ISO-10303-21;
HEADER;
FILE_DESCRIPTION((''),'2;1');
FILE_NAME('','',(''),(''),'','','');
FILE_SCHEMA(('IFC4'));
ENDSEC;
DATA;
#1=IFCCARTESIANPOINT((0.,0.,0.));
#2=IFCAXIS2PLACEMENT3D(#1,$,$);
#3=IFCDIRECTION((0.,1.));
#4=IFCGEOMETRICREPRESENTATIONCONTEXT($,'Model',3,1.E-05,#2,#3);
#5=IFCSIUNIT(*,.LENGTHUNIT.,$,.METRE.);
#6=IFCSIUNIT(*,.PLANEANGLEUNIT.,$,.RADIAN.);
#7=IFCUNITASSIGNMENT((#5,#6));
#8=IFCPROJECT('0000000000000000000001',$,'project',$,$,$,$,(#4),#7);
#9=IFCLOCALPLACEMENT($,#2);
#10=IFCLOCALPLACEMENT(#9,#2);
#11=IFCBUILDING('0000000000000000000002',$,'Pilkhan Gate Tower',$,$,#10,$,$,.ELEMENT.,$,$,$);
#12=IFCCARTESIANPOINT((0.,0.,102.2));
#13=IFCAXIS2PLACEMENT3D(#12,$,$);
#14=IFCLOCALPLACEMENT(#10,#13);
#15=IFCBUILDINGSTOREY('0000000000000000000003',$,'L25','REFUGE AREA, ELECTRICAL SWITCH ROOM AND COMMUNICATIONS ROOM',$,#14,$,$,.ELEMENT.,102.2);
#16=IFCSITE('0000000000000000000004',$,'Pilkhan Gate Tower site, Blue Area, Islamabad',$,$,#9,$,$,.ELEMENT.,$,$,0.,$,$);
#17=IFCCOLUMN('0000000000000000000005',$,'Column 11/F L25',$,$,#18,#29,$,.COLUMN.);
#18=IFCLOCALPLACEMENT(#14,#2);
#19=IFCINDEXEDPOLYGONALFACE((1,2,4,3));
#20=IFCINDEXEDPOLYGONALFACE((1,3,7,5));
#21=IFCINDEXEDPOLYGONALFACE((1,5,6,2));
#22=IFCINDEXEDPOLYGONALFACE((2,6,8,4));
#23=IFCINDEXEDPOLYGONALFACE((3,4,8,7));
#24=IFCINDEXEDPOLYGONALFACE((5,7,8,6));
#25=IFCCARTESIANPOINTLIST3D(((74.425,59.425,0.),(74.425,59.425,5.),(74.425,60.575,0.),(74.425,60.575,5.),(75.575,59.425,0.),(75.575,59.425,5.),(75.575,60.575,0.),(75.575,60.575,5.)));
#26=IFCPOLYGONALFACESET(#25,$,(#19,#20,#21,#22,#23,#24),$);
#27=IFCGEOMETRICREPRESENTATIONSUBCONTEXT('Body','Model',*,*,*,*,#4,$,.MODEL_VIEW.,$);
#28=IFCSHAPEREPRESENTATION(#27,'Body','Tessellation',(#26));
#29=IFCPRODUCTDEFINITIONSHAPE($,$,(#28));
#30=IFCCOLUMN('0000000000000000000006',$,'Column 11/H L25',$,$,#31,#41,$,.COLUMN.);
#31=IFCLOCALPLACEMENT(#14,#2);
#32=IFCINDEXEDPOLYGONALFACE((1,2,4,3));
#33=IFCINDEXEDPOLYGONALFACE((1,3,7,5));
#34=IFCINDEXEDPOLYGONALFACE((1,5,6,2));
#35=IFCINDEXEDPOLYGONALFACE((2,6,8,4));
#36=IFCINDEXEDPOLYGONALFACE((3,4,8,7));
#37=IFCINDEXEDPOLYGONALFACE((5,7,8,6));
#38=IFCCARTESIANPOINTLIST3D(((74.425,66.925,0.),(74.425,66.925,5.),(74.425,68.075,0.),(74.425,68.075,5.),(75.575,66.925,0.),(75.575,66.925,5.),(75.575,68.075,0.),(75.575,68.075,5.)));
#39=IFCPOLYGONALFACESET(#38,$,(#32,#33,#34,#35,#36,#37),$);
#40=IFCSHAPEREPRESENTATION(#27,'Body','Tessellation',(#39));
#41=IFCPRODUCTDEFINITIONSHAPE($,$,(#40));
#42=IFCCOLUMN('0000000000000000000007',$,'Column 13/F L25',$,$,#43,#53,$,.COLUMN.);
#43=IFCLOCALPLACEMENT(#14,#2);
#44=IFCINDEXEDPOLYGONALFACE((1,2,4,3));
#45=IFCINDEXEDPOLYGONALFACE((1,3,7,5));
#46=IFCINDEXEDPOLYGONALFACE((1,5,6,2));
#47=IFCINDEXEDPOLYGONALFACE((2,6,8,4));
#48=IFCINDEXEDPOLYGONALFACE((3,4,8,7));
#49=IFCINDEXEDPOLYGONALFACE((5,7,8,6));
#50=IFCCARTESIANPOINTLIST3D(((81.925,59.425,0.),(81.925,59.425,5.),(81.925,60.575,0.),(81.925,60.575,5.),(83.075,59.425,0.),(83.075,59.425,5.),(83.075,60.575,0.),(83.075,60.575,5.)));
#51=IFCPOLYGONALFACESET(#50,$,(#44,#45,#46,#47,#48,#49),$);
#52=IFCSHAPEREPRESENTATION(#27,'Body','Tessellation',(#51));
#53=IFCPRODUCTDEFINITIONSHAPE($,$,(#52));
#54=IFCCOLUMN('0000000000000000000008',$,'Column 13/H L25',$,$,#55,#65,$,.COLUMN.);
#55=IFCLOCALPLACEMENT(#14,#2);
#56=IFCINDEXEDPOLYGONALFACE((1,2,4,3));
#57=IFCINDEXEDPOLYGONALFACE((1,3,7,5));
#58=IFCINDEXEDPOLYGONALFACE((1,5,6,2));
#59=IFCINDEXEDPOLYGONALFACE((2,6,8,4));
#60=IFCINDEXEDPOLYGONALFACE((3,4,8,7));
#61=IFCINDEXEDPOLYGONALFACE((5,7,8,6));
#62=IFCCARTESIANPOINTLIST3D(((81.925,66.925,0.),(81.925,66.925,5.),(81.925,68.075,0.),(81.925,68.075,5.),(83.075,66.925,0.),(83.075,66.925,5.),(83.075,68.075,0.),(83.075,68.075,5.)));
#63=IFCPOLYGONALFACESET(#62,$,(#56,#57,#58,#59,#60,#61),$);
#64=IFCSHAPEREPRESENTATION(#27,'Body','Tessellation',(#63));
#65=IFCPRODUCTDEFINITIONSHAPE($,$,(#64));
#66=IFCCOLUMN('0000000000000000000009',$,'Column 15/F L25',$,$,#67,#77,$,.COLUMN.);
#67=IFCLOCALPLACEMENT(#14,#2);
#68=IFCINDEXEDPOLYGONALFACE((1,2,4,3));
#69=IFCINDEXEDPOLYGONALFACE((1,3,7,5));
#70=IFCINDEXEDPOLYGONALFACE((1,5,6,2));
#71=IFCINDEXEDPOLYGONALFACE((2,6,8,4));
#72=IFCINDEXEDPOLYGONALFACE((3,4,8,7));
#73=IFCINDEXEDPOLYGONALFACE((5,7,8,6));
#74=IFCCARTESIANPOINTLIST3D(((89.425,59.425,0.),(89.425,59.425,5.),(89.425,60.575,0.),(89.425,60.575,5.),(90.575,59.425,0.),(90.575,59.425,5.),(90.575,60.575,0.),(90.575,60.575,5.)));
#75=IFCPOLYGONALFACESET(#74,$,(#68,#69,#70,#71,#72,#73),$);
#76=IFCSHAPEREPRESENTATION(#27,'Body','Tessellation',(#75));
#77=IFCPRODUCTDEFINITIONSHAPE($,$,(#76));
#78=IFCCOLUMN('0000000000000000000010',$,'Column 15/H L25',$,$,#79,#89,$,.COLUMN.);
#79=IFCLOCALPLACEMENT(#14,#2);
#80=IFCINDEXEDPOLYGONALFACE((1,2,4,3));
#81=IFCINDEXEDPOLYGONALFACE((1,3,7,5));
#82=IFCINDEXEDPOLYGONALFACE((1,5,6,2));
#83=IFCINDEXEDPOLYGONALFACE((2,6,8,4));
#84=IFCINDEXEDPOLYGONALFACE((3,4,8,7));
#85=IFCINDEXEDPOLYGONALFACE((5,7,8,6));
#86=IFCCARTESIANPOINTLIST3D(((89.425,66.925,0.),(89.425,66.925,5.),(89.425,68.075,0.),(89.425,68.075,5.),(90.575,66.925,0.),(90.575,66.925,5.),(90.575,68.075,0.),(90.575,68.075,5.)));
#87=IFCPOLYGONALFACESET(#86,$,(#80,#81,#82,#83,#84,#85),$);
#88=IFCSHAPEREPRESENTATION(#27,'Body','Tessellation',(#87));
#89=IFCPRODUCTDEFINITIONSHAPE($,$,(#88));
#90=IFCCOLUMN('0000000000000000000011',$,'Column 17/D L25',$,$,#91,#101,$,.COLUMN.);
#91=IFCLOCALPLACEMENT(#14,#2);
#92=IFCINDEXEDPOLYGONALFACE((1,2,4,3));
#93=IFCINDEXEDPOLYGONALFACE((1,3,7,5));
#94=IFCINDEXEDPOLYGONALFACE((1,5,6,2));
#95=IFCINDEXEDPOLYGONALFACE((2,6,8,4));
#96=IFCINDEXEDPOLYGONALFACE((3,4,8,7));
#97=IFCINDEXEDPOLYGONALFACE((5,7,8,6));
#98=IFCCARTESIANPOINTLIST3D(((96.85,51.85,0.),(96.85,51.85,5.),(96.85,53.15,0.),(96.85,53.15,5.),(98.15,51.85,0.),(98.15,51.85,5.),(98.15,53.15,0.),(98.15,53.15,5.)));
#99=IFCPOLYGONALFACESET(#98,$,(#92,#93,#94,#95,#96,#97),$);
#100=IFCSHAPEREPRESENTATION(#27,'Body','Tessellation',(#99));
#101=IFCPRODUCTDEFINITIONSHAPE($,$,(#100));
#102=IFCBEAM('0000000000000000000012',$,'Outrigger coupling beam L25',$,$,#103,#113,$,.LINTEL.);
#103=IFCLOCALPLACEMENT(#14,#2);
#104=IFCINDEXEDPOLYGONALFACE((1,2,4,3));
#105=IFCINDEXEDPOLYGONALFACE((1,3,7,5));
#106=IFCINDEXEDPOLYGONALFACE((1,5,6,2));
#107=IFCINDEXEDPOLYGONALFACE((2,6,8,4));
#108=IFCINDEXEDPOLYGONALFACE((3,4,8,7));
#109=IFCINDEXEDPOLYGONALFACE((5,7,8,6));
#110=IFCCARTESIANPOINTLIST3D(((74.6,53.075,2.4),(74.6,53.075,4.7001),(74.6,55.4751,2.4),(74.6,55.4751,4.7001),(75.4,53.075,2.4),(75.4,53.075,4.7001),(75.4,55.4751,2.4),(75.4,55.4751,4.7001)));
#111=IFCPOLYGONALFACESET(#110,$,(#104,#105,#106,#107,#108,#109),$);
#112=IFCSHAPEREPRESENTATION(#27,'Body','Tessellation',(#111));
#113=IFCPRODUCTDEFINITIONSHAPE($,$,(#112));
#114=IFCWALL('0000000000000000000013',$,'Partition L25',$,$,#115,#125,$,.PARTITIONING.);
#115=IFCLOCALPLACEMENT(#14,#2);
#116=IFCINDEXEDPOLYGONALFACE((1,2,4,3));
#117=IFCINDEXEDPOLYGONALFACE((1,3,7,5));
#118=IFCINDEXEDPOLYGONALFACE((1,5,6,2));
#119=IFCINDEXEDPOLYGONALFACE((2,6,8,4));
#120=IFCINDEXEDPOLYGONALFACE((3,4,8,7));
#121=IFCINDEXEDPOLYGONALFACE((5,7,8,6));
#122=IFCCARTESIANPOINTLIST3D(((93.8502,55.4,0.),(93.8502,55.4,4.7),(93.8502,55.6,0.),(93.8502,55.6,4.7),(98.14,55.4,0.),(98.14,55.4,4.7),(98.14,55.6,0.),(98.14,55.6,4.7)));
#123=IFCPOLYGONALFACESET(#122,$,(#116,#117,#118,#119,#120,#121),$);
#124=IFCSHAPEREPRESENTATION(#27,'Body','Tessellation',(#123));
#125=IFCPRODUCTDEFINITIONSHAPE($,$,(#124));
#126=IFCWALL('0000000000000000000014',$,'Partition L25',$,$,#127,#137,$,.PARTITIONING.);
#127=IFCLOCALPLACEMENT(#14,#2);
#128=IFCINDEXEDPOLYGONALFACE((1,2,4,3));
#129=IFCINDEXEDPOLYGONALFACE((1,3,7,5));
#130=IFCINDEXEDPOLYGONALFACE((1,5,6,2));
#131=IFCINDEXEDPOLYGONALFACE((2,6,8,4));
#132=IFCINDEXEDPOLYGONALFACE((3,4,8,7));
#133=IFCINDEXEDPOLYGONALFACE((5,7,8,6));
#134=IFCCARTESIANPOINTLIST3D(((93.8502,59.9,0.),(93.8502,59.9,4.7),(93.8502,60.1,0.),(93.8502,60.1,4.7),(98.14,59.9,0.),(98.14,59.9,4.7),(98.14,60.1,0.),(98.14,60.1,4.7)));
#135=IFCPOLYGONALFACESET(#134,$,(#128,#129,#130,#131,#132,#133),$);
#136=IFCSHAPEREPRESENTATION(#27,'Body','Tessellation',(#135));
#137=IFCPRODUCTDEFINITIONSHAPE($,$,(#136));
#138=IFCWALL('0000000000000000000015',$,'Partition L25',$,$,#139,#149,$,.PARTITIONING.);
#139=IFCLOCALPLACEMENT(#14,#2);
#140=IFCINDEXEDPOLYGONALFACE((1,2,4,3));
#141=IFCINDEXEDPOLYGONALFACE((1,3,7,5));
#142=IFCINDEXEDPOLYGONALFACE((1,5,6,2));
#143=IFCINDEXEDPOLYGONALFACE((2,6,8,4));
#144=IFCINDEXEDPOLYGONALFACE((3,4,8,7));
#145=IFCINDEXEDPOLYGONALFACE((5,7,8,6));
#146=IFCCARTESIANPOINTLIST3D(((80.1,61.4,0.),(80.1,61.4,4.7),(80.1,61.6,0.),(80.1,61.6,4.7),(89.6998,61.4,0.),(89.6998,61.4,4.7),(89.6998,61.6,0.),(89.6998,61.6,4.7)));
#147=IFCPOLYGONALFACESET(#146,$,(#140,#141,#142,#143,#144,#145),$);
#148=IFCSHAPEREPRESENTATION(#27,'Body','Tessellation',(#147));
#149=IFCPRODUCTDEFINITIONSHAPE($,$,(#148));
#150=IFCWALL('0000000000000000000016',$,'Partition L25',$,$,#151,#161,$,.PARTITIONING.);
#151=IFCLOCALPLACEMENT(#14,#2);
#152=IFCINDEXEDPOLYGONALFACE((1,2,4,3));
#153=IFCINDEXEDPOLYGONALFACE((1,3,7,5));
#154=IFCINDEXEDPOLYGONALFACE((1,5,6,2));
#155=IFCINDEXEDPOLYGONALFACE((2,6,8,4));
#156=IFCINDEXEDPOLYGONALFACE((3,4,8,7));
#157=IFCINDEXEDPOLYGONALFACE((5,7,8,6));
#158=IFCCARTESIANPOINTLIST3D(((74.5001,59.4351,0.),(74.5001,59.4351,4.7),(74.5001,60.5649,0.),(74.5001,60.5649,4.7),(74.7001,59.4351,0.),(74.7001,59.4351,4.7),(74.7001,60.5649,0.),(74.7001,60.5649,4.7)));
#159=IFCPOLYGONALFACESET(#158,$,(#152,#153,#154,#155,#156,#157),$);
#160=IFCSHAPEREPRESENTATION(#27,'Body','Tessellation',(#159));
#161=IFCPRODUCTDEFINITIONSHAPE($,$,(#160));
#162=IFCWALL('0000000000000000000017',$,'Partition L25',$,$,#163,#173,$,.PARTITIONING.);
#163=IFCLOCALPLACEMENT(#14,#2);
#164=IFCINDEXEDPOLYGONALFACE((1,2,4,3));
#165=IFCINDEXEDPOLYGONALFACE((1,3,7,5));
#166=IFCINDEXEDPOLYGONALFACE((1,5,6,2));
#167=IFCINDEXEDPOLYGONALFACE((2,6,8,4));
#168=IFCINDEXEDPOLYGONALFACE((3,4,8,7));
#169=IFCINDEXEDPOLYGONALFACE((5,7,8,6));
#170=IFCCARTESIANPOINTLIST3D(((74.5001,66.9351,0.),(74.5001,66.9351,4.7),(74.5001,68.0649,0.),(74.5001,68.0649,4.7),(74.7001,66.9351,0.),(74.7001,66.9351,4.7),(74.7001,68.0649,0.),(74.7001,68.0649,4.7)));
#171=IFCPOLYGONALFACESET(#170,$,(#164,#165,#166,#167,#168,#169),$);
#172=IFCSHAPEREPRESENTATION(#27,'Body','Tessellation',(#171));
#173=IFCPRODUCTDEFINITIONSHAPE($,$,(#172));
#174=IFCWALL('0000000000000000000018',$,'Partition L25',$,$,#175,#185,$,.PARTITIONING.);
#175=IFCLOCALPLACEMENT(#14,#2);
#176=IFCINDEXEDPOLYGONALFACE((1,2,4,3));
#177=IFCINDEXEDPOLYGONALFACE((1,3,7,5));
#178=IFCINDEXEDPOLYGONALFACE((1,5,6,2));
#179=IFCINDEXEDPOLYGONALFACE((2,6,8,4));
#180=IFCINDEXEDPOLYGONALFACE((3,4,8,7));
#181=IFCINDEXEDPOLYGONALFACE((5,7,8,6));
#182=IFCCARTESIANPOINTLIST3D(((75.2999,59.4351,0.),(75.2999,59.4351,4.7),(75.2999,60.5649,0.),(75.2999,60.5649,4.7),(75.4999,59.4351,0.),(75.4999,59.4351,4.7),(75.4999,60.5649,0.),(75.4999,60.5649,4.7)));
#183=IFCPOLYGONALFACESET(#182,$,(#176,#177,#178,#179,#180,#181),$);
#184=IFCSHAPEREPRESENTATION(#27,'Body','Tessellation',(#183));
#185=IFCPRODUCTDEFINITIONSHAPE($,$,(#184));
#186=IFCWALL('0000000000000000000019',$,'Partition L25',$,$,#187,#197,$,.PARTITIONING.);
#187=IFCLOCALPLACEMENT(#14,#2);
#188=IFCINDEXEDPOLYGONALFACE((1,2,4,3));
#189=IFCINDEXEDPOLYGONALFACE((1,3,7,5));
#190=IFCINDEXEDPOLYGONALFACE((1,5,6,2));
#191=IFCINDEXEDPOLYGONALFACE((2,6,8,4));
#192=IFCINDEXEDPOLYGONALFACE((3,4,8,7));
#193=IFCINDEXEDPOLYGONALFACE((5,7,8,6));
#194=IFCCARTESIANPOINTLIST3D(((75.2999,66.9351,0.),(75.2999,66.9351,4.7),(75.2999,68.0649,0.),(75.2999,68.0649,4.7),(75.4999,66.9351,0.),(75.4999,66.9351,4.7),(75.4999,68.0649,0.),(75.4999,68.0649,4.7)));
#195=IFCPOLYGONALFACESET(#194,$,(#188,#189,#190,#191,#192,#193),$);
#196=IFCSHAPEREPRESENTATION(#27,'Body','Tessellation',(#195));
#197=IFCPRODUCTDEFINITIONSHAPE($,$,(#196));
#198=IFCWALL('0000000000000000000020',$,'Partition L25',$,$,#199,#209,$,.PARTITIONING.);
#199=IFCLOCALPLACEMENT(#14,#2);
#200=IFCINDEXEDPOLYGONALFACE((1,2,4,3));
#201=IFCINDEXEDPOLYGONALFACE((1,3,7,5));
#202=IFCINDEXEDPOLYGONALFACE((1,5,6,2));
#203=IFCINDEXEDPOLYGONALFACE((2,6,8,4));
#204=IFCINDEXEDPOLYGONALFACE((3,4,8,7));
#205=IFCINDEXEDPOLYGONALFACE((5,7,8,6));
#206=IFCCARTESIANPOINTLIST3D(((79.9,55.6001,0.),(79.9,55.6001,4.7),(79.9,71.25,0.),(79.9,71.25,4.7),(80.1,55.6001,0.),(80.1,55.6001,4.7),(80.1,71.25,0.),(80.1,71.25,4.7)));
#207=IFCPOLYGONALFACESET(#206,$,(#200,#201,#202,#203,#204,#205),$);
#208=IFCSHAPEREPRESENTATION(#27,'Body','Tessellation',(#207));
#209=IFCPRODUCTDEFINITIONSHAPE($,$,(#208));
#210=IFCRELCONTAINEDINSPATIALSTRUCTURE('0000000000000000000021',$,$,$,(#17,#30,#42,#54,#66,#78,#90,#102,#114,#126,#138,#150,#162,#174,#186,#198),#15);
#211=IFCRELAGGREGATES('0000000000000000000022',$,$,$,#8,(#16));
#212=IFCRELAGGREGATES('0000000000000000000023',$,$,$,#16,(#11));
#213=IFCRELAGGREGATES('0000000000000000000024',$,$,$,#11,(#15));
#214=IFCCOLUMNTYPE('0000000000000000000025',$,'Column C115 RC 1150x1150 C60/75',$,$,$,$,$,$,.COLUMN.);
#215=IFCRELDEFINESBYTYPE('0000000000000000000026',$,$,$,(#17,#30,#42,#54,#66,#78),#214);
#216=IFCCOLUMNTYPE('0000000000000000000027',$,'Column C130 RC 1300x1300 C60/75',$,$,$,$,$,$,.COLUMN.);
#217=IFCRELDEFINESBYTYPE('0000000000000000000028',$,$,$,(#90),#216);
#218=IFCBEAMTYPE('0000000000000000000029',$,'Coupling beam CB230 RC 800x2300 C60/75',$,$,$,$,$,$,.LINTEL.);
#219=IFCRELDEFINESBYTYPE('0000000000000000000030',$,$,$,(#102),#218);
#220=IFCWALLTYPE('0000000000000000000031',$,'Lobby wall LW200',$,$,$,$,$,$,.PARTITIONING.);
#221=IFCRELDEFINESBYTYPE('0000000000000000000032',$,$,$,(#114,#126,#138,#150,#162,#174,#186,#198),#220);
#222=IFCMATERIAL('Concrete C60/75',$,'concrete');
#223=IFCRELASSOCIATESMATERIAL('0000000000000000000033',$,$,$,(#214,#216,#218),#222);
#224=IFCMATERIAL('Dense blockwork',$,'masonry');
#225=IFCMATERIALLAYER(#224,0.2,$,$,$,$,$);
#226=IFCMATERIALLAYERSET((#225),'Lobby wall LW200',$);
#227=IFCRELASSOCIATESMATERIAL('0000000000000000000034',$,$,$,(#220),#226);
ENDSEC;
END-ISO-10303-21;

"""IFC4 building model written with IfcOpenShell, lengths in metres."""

from ifc_helpers import new_model, si_unit, direction, frame, frame_2d, origin, origin_2d, place, context, subcontext, project, spatial, rectangle, extrude, material, layer, layer_set, material_profile, profile_set, type_object, element, save


model = new_model("IFC4")

# Units and contexts
model_context = context("Model", 3, precision=1e-05, world=origin(), true_north=direction((0.0, 1.0)))
body_context = subcontext(model_context, "Body", "Model", "MODEL_VIEW")
ifc_project = project(units=[si_unit("LENGTHUNIT", "METRE"), si_unit("PLANEANGLEUNIT", "RADIAN")], contexts=[model_context])

# Site, building, storey
site_placement = place(None, origin())
site = spatial("IfcSite", under=ifc_project, at=site_placement, Name="Pilkhan Gate Tower site, Blue Area, Islamabad", CompositionType="ELEMENT", RefElevation=0.0)
building_placement = place(site_placement, origin())
building = spatial("IfcBuilding", under=site, at=building_placement, Name="Pilkhan Gate Tower", CompositionType="ELEMENT")
storey_placement = place(building_placement, frame((0.0, 0.0, 102.2)))
storey = spatial("IfcBuildingStorey", under=building, at=storey_placement, Name="L25", Description="REFUGE AREA, ELECTRICAL SWITCH ROOM AND COMMUNICATIONS ROOM", CompositionType="ELEMENT", Elevation=102.2)

# Columns
ifc_material_1 = material(Name="Concrete C60/75", Category="concrete")
ifc_material_profile_1 = material_profile(ifc_material_1, rectangle(XDim=1.1499, YDim=1.1499, at=origin_2d()), Name="RC 1150x1150")
ifc_profile_set_1 = profile_set([ifc_material_profile_1], Name="Concrete C60/75")
column_type_1 = type_object("IfcColumnType", Name="Column C115 RC 1150x1150 C60/75", PredefinedType="COLUMN", material=ifc_profile_set_1)
for number, where, z_axis, x_axis, name in (
    (1, (75.0, 60.0, 0.0), (0.0, 0.0, 1.0), (1.0, 0.0, 0.0), "Column 11/F L25"),
    (2, (75.0, 67.5, 0.0), (0.0, 0.0, 1.0), (1.0, 0.0, 0.0), "Column 11/H L25"),
    (3, (82.5, 60.0, 0.0), (0.0, 0.0, 1.0), (1.0, 0.0, 0.0), "Column 13/F L25"),
    (4, (82.5, 67.5, 0.0), (0.0, 0.0, 1.0), (1.0, 0.0, 0.0), "Column 13/H L25"),
    (5, (90.0, 60.0, 0.0), (0.0, 0.0, 1.0), (1.0, 0.0, 0.0), "Column 15/F L25"),
    (6, (90.0, 67.5, 0.0), (0.0, 0.0, 1.0), (1.0, 0.0, 0.0), "Column 15/H L25"),
):
    element("IfcColumn", number, at=place(storey_placement, frame(where, z_axis=z_axis, x_axis=x_axis)), inside=storey, type_object=column_type_1, Name=name, PredefinedType="COLUMN", context=body_context, shape_type="SweptSolid", body=[
        extrude(rectangle(XDim=1.1499, YDim=1.1499, at=origin_2d()), origin(), (0.0, 0.0, 1.0), 5.0),
    ])
ifc_material_profile_2 = material_profile(ifc_material_1, rectangle(XDim=1.3, YDim=1.3, at=origin_2d()), Name="RC 1300x1300")
ifc_profile_set_2 = profile_set([ifc_material_profile_2], Name="Concrete C60/75")
column_type_2 = type_object("IfcColumnType", Name="Column C130 RC 1300x1300 C60/75", PredefinedType="COLUMN", material=ifc_profile_set_2)
column_placement = place(storey_placement, frame((97.5, 52.5, 0.0), z_axis=(0.0, 0.0, 1.0), x_axis=(1.0, 0.0, 0.0)))
element("IfcColumn", 7, at=column_placement, inside=storey, type_object=column_type_2, Name="Column 17/D L25", PredefinedType="COLUMN", context=body_context, shape_type="SweptSolid", body=[
    extrude(rectangle(XDim=1.3, YDim=1.3, at=origin_2d()), origin(), (0.0, 0.0, 1.0), 5.0),
])

# Beam
ifc_material_profile_3 = material_profile(ifc_material_1, rectangle(XDim=0.8, YDim=2.3, at=origin_2d()), Name="RC 800x2300")
ifc_profile_set_3 = profile_set([ifc_material_profile_3], Name="Concrete C60/75")
beam_type = type_object("IfcBeamType", Name="Coupling beam CB230 RC 800x2300 C60/75", PredefinedType="LINTEL", material=ifc_profile_set_3)
beam_placement = place(storey_placement, frame((75.0, 53.075, 3.55), z_axis=(0.0, 1.0, 0.0), x_axis=(-1.0, 0.0, 0.0)))
element("IfcBeam", 8, at=beam_placement, inside=storey, type_object=beam_type, Name="Outrigger coupling beam L25", PredefinedType="LINTEL", context=body_context, shape_type="SweptSolid", body=[
    extrude(rectangle(XDim=0.8, YDim=2.3, at=origin_2d()), origin(), (0.0, 0.0, 1.0), 2.4001),
])

# Shared definitions
ifc_material_2 = material(Name="Dense blockwork", Category="masonry")
ifc_layer_1 = layer(ifc_material_2, 0.2)
ifc_layer_set_1 = layer_set([ifc_layer_1], Name="Lobby wall LW200")
wall_type_1 = type_object("IfcWallType", Name="Lobby wall LW200", PredefinedType="PARTITIONING", material=ifc_layer_set_1)

# Walls
for number, where, z_axis, x_axis, name in (
    (9, (93.8501, 55.5, 0.0), (0.0, 0.0, 1.0), (1.0, 0.0, 0.0), "Partition L25"),
    (10, (93.8501, 60.0, 0.0), (0.0, 0.0, 1.0), (1.0, 0.0, 0.0), "Partition L25"),
):
    element("IfcWall", number, at=place(storey_placement, frame(where, z_axis=z_axis, x_axis=x_axis)), inside=storey, type_object=wall_type_1, Name=name, PredefinedType="PARTITIONING", context=body_context, shape_type="SweptSolid", body=[
        extrude(rectangle(XDim=4.2898, YDim=0.2, at=frame_2d((2.145, 0.0))), origin(), (0.0, 0.0, 1.0), 4.7),
    ])
wall_1_placement = place(storey_placement, frame((80.1001, 61.5, 0.0), z_axis=(0.0, 0.0, 1.0), x_axis=(1.0, 0.0, 0.0)))
element("IfcWall", 11, at=wall_1_placement, inside=storey, type_object=wall_type_1, Name="Partition L25", PredefinedType="PARTITIONING", context=body_context, shape_type="SweptSolid", body=[
    extrude(rectangle(XDim=9.5999, YDim=0.2, at=frame_2d((4.7998, 0.0))), origin(), (0.0, 0.0, 1.0), 4.7),
])
for number, where, z_axis, x_axis, name in (
    (12, (74.6001, 59.4351, 0.0), (0.0, 0.0, 1.0), (0.0, 1.0, 0.0), "Partition L25"),
    (13, (74.6001, 66.9351, 0.0), (0.0, 0.0, 1.0), (0.0, 1.0, 0.0), "Partition L25"),
    (14, (75.3999, 59.4351, 0.0), (0.0, 0.0, 1.0), (0.0, 1.0, 0.0), "Partition L25"),
    (15, (75.3999, 66.9351, 0.0), (0.0, 0.0, 1.0), (0.0, 1.0, 0.0), "Partition L25"),
):
    element("IfcWall", number, at=place(storey_placement, frame(where, z_axis=z_axis, x_axis=x_axis)), inside=storey, type_object=wall_type_1, Name=name, PredefinedType="PARTITIONING", context=body_context, shape_type="SweptSolid", body=[
        extrude(rectangle(XDim=1.1299, YDim=0.2, at=frame_2d((0.5649, 0.0))), origin(), (0.0, 0.0, 1.0), 4.7),
    ])
wall_2_placement = place(storey_placement, frame((80.0, 55.6001, 0.0), z_axis=(0.0, 0.0, 1.0), x_axis=(0.0, 1.0, 0.0)))
element("IfcWall", 16, at=wall_2_placement, inside=storey, type_object=wall_type_1, Name="Partition L25", PredefinedType="PARTITIONING", context=body_context, shape_type="SweptSolid", body=[
    extrude(rectangle(XDim=15.6499, YDim=0.2, at=frame_2d((7.825, 0.0))), origin(), (0.0, 0.0, 1.0), 4.7),
])

save(model, "model.ifc")
